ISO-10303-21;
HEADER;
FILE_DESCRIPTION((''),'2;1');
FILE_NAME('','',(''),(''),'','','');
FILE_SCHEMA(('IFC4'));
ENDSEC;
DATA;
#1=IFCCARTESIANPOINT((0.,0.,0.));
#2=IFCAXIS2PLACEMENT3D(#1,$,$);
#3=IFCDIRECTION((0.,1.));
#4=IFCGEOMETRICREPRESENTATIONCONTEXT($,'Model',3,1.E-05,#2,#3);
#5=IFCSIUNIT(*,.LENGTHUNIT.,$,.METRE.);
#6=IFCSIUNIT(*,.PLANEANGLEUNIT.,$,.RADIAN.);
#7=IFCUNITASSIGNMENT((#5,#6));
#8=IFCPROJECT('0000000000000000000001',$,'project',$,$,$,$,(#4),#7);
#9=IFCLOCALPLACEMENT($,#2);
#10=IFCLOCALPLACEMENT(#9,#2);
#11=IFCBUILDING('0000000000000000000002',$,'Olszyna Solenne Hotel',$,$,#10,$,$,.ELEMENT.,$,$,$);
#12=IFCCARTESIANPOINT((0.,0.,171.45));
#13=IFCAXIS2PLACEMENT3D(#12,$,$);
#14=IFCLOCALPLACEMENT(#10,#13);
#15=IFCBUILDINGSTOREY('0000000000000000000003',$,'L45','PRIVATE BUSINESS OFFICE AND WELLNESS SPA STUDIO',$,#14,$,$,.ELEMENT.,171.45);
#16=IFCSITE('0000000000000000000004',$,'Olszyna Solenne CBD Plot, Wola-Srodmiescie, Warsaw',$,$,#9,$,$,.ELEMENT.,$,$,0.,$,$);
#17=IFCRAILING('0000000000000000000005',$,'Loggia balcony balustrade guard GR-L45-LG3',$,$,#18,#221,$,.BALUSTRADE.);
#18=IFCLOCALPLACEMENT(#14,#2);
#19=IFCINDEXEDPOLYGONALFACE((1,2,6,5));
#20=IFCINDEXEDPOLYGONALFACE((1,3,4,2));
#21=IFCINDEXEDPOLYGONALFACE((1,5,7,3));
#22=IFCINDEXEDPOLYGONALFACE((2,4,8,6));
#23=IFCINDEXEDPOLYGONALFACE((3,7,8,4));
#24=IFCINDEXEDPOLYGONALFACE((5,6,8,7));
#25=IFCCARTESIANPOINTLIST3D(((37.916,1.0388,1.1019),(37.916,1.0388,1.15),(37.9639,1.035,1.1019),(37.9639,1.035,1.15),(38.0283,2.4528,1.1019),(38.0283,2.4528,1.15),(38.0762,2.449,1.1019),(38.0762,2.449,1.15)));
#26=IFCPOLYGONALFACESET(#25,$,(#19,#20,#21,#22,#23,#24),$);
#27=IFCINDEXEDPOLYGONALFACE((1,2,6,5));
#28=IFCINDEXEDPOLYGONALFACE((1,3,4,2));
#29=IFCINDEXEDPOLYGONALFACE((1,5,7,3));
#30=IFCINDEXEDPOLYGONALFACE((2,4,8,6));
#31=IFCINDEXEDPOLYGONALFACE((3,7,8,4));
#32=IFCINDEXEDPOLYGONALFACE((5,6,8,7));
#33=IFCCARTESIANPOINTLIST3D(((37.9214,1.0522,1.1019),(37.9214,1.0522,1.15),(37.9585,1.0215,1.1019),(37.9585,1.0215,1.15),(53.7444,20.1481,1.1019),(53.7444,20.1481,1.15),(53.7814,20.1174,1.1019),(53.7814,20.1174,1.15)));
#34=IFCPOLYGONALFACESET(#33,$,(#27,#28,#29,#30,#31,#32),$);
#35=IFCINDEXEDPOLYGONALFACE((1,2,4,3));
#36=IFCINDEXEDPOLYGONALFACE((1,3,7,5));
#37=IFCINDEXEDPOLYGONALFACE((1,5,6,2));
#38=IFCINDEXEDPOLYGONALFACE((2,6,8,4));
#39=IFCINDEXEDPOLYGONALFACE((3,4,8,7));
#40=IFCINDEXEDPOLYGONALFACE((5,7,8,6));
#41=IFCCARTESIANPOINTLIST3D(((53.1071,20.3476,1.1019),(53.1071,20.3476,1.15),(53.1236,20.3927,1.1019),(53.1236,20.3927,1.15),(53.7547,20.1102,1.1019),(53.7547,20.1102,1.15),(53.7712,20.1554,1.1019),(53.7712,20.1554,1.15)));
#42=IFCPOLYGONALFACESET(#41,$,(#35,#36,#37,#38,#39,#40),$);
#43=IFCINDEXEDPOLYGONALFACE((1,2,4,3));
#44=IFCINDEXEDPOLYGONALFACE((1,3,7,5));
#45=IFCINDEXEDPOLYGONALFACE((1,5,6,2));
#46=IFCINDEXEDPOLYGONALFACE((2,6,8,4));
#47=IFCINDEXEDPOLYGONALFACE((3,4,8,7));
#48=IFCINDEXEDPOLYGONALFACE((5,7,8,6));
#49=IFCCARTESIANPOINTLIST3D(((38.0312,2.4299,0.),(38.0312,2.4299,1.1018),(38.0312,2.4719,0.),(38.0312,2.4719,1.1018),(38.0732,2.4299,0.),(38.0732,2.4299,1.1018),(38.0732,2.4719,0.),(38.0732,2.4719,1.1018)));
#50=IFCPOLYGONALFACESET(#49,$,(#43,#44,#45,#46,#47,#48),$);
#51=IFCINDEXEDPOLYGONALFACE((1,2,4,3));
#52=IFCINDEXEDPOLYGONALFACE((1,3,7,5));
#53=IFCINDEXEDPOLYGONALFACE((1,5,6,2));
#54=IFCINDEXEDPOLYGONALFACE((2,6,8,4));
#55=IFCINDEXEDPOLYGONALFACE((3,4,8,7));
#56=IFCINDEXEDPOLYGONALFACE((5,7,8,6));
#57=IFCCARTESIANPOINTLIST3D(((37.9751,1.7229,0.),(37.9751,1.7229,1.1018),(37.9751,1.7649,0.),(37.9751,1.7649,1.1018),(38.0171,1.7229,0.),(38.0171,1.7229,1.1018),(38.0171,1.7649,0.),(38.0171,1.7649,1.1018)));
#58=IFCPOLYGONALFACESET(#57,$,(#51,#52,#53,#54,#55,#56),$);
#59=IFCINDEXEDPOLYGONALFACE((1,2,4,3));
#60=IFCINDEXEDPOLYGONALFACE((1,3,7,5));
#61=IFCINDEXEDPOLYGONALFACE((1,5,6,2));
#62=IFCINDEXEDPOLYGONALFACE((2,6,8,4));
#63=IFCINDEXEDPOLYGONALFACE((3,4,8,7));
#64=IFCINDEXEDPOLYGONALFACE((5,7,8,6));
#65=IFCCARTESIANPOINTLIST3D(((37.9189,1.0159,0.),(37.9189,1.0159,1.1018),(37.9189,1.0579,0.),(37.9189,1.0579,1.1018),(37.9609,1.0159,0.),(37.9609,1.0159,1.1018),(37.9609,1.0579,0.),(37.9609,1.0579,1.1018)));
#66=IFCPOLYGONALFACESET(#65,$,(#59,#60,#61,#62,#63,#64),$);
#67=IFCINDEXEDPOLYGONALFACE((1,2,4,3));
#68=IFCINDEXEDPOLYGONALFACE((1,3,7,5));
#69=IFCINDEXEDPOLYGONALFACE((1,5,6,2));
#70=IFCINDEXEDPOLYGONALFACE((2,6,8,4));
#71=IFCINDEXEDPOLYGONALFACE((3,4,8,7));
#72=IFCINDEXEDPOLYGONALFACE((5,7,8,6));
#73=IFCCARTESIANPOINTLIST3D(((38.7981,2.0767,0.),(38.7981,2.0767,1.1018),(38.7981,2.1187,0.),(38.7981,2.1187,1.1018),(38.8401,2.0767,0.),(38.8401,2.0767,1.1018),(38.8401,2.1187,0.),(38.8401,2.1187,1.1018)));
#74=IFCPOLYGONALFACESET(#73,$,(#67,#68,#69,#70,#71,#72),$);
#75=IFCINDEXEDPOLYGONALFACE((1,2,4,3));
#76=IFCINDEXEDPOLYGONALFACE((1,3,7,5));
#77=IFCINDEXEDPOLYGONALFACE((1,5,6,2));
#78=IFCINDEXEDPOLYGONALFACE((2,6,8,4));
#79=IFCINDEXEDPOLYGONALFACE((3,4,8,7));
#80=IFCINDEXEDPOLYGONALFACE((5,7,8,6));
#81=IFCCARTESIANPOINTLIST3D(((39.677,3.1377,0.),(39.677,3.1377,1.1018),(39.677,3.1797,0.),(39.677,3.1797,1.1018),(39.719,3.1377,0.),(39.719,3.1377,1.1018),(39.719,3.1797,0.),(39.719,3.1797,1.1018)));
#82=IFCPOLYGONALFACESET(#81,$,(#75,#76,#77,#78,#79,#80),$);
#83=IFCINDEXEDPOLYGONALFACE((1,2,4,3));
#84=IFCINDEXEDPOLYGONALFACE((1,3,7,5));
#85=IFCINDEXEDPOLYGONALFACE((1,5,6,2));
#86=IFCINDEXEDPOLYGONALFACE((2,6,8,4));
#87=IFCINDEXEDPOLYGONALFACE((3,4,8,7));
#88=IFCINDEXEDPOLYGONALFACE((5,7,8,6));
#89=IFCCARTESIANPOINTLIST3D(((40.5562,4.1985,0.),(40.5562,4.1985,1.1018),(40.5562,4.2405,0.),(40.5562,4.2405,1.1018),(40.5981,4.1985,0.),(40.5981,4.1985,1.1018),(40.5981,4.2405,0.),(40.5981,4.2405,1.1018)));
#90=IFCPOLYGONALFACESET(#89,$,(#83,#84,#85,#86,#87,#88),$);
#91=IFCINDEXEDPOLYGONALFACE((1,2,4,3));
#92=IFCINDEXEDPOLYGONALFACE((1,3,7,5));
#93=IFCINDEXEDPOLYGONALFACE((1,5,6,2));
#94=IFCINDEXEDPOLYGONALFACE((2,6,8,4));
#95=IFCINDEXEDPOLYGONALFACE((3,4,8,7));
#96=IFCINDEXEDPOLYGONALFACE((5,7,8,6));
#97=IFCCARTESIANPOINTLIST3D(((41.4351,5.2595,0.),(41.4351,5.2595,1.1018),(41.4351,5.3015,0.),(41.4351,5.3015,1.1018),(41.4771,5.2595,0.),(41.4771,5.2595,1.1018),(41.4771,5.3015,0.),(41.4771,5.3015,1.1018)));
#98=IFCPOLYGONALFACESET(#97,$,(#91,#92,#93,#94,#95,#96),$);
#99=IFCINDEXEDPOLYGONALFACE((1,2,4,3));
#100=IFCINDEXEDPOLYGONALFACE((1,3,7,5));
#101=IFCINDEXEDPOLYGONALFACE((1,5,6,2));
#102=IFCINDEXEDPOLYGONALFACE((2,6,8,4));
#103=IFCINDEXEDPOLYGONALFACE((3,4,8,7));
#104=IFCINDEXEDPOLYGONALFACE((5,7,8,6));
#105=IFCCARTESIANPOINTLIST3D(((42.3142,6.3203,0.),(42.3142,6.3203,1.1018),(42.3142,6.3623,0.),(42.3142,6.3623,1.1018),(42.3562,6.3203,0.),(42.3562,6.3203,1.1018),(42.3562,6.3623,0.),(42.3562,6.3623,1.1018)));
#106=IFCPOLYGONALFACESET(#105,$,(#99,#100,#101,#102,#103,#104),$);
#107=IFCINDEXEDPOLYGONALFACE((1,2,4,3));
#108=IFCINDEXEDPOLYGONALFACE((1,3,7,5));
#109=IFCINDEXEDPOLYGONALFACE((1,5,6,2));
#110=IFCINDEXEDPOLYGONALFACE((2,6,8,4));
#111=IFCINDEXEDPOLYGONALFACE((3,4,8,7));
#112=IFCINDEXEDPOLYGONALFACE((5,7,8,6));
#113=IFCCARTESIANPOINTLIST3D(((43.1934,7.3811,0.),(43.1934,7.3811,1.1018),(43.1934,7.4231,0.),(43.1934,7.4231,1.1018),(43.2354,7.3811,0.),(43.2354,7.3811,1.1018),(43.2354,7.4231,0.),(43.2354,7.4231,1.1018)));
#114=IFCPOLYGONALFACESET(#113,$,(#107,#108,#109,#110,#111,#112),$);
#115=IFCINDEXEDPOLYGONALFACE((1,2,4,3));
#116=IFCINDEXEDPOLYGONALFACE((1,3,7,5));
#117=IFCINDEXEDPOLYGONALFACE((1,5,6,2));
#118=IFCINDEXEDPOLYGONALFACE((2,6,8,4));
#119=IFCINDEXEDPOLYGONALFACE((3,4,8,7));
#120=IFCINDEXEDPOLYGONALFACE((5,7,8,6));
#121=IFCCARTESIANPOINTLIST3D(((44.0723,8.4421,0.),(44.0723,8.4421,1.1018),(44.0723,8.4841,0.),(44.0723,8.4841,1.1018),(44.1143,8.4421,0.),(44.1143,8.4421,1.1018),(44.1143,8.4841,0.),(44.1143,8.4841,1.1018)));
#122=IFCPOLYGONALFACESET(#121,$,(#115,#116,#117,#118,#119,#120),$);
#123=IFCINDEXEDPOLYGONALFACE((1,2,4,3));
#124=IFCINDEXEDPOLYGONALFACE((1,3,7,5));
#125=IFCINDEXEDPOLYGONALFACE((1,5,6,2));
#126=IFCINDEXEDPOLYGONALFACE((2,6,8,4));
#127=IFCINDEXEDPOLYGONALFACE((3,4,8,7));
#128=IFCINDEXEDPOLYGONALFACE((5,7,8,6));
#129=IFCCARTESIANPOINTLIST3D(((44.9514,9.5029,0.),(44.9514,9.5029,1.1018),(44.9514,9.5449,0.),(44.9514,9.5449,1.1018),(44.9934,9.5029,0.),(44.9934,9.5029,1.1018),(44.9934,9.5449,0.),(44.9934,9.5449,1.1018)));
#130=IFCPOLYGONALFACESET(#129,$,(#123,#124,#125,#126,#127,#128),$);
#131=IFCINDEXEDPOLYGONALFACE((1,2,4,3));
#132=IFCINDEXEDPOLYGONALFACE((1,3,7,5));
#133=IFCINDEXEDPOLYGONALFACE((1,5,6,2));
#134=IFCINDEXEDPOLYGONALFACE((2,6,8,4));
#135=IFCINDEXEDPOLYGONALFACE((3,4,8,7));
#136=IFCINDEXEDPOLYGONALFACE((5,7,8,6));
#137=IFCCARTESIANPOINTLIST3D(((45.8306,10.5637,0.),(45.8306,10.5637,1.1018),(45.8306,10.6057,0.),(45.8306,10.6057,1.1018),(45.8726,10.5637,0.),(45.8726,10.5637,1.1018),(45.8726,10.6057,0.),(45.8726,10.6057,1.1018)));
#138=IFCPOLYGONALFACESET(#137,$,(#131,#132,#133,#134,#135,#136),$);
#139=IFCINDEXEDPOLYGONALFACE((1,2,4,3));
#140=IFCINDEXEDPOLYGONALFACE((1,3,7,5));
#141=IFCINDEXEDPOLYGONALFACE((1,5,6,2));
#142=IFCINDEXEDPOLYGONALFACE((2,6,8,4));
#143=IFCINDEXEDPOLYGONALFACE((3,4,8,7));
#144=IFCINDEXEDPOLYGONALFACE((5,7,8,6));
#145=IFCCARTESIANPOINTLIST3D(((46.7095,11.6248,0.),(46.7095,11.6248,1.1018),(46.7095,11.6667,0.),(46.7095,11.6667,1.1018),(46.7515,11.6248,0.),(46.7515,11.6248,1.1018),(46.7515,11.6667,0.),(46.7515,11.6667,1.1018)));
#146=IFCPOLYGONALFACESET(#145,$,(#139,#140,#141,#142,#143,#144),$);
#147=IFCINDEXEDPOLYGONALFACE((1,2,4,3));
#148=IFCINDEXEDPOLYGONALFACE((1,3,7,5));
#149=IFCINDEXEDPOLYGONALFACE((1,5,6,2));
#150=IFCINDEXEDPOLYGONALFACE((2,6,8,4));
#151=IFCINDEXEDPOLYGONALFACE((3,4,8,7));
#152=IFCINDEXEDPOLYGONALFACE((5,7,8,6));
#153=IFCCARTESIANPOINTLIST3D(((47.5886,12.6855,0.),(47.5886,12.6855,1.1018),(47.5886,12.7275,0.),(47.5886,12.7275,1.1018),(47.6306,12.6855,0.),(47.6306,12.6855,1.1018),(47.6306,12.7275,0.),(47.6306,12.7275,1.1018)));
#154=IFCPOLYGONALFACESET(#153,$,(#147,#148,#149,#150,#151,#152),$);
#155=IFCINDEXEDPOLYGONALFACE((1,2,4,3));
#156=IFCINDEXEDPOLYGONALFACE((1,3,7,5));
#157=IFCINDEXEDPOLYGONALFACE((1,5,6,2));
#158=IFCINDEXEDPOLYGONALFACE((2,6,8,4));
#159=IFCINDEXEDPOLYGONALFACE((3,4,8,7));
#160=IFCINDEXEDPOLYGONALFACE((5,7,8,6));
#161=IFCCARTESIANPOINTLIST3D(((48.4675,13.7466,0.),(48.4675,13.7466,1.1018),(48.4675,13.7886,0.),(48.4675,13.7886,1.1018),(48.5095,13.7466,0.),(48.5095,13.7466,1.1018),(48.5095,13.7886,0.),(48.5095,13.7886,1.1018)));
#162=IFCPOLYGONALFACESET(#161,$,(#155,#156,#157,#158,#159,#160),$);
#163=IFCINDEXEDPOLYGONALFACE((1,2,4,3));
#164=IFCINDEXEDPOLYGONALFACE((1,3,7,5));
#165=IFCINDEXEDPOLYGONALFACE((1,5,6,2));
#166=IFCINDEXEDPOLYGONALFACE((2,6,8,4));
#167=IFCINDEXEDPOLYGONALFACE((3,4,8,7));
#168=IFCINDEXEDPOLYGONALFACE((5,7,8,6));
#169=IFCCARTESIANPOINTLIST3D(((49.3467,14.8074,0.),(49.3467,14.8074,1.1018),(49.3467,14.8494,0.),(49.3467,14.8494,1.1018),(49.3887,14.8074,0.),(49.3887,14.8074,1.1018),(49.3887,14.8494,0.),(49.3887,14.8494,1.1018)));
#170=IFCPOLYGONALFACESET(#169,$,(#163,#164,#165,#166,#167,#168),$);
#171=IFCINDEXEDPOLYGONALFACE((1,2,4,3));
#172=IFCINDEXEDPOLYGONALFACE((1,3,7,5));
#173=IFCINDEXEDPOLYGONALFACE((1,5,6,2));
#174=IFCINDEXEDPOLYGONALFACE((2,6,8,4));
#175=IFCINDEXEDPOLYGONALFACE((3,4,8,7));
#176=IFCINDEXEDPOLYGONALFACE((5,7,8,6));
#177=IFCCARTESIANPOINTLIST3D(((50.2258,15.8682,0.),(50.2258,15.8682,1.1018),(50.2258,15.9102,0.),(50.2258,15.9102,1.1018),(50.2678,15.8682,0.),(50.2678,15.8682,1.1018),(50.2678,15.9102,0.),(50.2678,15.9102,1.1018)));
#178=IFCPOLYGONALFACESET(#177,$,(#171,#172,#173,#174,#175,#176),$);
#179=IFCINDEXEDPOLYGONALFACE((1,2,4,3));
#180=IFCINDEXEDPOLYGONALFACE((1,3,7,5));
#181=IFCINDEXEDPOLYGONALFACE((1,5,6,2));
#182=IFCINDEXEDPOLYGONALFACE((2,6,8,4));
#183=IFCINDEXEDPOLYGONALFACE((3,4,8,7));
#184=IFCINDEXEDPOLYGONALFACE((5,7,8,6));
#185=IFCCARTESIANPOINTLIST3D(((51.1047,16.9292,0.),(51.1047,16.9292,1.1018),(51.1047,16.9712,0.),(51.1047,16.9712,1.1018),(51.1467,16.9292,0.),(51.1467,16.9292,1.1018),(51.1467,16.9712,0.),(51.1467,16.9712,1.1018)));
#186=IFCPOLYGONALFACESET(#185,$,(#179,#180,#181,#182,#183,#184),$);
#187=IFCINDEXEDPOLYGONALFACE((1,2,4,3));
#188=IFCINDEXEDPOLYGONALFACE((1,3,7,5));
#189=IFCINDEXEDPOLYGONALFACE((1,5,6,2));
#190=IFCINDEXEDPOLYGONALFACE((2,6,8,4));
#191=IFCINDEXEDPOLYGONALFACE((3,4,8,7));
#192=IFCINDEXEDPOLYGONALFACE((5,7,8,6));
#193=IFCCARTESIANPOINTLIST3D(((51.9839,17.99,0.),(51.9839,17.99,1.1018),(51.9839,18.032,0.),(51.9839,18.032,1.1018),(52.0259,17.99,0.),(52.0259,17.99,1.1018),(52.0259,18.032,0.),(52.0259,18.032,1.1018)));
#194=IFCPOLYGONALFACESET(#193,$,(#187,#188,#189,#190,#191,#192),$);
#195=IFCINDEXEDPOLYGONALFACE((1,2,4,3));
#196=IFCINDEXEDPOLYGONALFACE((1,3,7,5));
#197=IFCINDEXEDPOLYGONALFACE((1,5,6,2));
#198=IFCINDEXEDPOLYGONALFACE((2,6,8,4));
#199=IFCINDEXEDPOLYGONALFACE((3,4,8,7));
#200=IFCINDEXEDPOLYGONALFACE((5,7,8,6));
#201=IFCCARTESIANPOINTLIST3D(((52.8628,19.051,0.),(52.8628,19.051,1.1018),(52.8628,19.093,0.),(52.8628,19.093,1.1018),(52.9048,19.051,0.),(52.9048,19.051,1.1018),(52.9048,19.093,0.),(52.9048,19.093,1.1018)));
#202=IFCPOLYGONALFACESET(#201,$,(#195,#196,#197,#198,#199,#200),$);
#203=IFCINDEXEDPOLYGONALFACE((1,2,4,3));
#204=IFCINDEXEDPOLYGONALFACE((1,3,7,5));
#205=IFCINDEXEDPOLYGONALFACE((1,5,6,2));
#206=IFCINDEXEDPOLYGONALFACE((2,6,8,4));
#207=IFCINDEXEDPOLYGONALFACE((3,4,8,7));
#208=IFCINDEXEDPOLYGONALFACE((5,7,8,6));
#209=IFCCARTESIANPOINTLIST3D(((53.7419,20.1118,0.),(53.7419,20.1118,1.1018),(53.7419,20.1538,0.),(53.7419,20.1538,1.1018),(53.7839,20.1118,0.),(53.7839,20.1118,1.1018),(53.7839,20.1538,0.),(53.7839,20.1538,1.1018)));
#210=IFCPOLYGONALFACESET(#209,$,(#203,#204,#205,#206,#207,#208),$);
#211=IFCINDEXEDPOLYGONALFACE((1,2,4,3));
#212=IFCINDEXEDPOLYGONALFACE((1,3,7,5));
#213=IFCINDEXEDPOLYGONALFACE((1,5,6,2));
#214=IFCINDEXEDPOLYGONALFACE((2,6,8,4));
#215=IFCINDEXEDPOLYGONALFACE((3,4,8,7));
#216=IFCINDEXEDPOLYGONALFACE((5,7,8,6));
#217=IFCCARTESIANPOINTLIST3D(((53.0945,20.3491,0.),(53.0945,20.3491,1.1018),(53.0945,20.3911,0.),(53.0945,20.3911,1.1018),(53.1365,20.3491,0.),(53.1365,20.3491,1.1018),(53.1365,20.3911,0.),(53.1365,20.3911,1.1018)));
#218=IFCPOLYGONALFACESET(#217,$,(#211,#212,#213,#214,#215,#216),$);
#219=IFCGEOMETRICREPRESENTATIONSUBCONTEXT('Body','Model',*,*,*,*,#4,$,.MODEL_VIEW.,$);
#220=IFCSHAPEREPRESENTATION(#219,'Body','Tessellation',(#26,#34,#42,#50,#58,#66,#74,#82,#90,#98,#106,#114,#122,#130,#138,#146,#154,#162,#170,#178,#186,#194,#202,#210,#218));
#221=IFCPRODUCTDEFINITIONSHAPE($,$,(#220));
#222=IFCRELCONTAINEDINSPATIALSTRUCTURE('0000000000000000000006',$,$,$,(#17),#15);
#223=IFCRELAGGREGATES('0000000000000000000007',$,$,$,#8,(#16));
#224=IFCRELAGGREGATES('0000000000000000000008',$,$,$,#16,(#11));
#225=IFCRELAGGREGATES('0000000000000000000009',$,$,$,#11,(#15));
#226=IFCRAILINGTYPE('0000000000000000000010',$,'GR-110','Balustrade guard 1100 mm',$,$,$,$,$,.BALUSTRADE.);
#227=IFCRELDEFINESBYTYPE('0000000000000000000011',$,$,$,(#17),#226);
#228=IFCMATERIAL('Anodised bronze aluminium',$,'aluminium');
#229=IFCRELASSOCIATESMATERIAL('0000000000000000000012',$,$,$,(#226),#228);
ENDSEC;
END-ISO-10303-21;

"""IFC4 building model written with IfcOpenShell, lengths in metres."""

from ifc_helpers import new_model, si_unit, direction, frame, origin, origin_2d, place, context, subcontext, project, spatial, rectangle, extrude, material, type_object, element, save


model = new_model("IFC4")

# Units and contexts
model_context = context("Model", 3, precision=1e-05, world=origin(), true_north=direction((0.0, 1.0)))
body_context = subcontext(model_context, "Body", "Model", "MODEL_VIEW")
ifc_project = project(units=[si_unit("LENGTHUNIT", "METRE"), si_unit("PLANEANGLEUNIT", "RADIAN")], contexts=[model_context])

# Site, building, storey
site_placement = place(None, origin())
site = spatial("IfcSite", under=ifc_project, at=site_placement, Name="Olszyna Solenne CBD Plot, Wola-Srodmiescie, Warsaw", CompositionType="ELEMENT", RefElevation=0.0)
building_placement = place(site_placement, origin())
building = spatial("IfcBuilding", under=site, at=building_placement, Name="Olszyna Solenne Hotel", CompositionType="ELEMENT")
storey_placement = place(building_placement, frame((0.0, 0.0, 171.45)))
storey = spatial("IfcBuildingStorey", under=building, at=storey_placement, Name="L45", Description="PRIVATE BUSINESS OFFICE AND WELLNESS SPA STUDIO", CompositionType="ELEMENT", Elevation=171.45)

# Railing
ifc_material_1 = material(Name="Anodised bronze aluminium", Category="aluminium")
railing_type = type_object("IfcRailingType", Name="GR-110", Description="Balustrade guard 1100 mm", PredefinedType="BALUSTRADE", material=ifc_material_1)
railing_placement = place(storey_placement, frame((38.0522, 2.4509, 0.0)))
element("IfcRailing", 1, at=railing_placement, inside=storey, type_object=railing_type, Name="Loggia balcony balustrade guard GR-L45-LG3", PredefinedType="BALUSTRADE", context=body_context, shape_type="SweptSolid", body=[
    extrude(rectangle(XDim=0.0481, YDim=0.0481, at=origin_2d()), frame((0.0, 0.0, 1.126), z_axis=(-0.079171, -0.996861, 0.0), x_axis=(0.996861, -0.079171, 0.0)), (0.0, 0.0, 1.0), 1.4185),
    extrude(rectangle(XDim=0.0481, YDim=0.0481, at=origin_2d()), frame((-0.1123, -1.4141, 1.126), z_axis=(0.638033, 0.770009, 0.0), x_axis=(-0.770009, 0.638033, 0.0)), (0.0, 0.0, 1.0), 24.7996),
    extrude(rectangle(XDim=0.0481, YDim=0.0481, at=origin_2d()), frame((15.7107, 17.6819, 1.126), z_axis=(-0.938922, 0.34413, 0.0), x_axis=(-0.34413, -0.938922, 0.0)), (0.0, 0.0, 1.0), 0.6897),
    extrude(rectangle(XDim=0.042, YDim=0.042, at=origin_2d()), origin(), (0.0, 0.0, 1.0), 1.1018),
    extrude(rectangle(XDim=0.042, YDim=0.042, at=origin_2d()), frame((-0.0562, -0.707, 0.0)), (0.0, 0.0, 1.0), 1.1018),
    extrude(rectangle(XDim=0.042, YDim=0.042, at=origin_2d()), frame((-0.1123, -1.4141, 0.0)), (0.0, 0.0, 1.0), 1.1018),
    extrude(rectangle(XDim=0.042, YDim=0.042, at=origin_2d()), frame((0.7668, -0.3533, 0.0)), (0.0, 0.0, 1.0), 1.1018),
    extrude(rectangle(XDim=0.042, YDim=0.042, at=origin_2d()), frame((1.6458, 0.7078, 0.0)), (0.0, 0.0, 1.0), 1.1018),
    extrude(rectangle(XDim=0.042, YDim=0.042, at=origin_2d()), frame((2.5249, 1.7686, 0.0)), (0.0, 0.0, 1.0), 1.1018),
    extrude(rectangle(XDim=0.042, YDim=0.042, at=origin_2d()), frame((3.4038, 2.8296, 0.0)), (0.0, 0.0, 1.0), 1.1018),
    extrude(rectangle(XDim=0.042, YDim=0.042, at=origin_2d()), frame((4.283, 3.8904, 0.0)), (0.0, 0.0, 1.0), 1.1018),
    extrude(rectangle(XDim=0.042, YDim=0.042, at=origin_2d()), frame((5.1621, 4.9512, 0.0)), (0.0, 0.0, 1.0), 1.1018),
    extrude(rectangle(XDim=0.042, YDim=0.042, at=origin_2d()), frame((6.041, 6.0122, 0.0)), (0.0, 0.0, 1.0), 1.1018),
    extrude(rectangle(XDim=0.042, YDim=0.042, at=origin_2d()), frame((6.9202, 7.073, 0.0)), (0.0, 0.0, 1.0), 1.1018),
    extrude(rectangle(XDim=0.042, YDim=0.042, at=origin_2d()), frame((7.7993, 8.1338, 0.0)), (0.0, 0.0, 1.0), 1.1018),
    extrude(rectangle(XDim=0.042, YDim=0.042, at=origin_2d()), frame((8.6782, 9.1948, 0.0)), (0.0, 0.0, 1.0), 1.1018),
    extrude(rectangle(XDim=0.042, YDim=0.042, at=origin_2d()), frame((9.5574, 10.2556, 0.0)), (0.0, 0.0, 1.0), 1.1018),
    extrude(rectangle(XDim=0.042, YDim=0.042, at=origin_2d()), frame((10.4363, 11.3167, 0.0)), (0.0, 0.0, 1.0), 1.1018),
    extrude(rectangle(XDim=0.042, YDim=0.042, at=origin_2d()), frame((11.3154, 12.3774, 0.0)), (0.0, 0.0, 1.0), 1.1018),
    extrude(rectangle(XDim=0.042, YDim=0.042, at=origin_2d()), frame((12.1946, 13.4382, 0.0)), (0.0, 0.0, 1.0), 1.1018),
    extrude(rectangle(XDim=0.042, YDim=0.042, at=origin_2d()), frame((13.0735, 14.4993, 0.0)), (0.0, 0.0, 1.0), 1.1018),
    extrude(rectangle(XDim=0.042, YDim=0.042, at=origin_2d()), frame((13.9526, 15.5601, 0.0)), (0.0, 0.0, 1.0), 1.1018),
    extrude(rectangle(XDim=0.042, YDim=0.042, at=origin_2d()), frame((14.8315, 16.6211, 0.0)), (0.0, 0.0, 1.0), 1.1018),
    extrude(rectangle(XDim=0.042, YDim=0.042, at=origin_2d()), frame((15.7107, 17.6819, 0.0)), (0.0, 0.0, 1.0), 1.1018),
    extrude(rectangle(XDim=0.042, YDim=0.042, at=origin_2d()), frame((15.0632, 17.9192, 0.0)), (0.0, 0.0, 1.0), 1.1018),
])

save(model, "model.ifc")
